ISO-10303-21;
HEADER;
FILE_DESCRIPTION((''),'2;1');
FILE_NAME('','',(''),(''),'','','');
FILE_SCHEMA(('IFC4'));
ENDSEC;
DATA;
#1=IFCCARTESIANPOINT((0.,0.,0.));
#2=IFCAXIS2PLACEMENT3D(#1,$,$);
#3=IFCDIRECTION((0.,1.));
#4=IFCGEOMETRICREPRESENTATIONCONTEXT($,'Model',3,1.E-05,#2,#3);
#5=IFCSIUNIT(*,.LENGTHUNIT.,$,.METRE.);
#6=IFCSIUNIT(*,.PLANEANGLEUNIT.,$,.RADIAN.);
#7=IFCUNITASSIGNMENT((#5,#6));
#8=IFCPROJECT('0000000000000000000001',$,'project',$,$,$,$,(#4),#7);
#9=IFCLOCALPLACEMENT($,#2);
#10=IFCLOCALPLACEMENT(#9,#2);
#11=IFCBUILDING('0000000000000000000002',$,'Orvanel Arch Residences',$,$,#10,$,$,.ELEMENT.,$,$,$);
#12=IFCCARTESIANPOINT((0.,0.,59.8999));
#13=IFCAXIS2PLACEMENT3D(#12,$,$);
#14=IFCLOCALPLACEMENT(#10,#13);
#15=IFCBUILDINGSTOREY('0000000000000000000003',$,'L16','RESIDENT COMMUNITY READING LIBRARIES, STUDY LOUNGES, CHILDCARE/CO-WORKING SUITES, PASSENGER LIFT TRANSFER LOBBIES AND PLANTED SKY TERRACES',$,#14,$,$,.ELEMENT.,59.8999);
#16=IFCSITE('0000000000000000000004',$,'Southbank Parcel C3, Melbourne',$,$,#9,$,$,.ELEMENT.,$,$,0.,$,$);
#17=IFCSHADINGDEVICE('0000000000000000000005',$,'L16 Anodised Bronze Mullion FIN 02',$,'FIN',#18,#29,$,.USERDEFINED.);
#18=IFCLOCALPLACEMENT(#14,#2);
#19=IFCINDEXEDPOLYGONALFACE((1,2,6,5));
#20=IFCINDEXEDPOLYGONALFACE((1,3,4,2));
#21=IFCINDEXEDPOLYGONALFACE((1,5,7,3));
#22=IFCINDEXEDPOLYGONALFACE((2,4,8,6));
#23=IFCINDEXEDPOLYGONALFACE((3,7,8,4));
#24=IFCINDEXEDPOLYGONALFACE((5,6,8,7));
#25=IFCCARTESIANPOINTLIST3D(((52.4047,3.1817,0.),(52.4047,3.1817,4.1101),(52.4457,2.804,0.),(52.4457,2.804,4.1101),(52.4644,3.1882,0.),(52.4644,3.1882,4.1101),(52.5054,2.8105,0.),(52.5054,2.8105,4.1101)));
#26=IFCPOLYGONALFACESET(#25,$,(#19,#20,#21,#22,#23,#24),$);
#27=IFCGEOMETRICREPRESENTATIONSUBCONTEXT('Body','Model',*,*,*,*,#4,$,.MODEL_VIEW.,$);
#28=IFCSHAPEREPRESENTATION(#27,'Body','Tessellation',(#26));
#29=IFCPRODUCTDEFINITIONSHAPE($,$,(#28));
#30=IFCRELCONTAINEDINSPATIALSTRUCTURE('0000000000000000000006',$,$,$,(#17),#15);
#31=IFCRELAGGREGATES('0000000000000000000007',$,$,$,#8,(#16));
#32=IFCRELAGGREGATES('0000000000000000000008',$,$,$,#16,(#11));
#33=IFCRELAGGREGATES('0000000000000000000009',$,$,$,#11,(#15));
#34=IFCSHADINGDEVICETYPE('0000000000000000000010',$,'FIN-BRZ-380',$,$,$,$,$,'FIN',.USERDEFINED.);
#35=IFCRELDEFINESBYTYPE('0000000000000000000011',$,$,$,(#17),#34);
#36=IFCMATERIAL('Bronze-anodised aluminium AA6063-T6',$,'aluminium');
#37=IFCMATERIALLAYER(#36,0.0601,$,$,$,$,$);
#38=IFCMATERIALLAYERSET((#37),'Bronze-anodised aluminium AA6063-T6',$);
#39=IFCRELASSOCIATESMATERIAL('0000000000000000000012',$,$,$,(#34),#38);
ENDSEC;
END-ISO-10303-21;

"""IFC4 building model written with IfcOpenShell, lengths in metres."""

from ifc_helpers import new_model, si_unit, direction, frame, origin, origin_2d, place, context, subcontext, project, spatial, rectangle, extrude, material, layer, layer_set, type_object, element, save


model = new_model("IFC4")

# Units and contexts
model_context = context("Model", 3, precision=1e-05, world=origin(), true_north=direction((0.0, 1.0)))
body_context = subcontext(model_context, "Body", "Model", "MODEL_VIEW")
ifc_project = project(units=[si_unit("LENGTHUNIT", "METRE"), si_unit("PLANEANGLEUNIT", "RADIAN")], contexts=[model_context])

# Site, building, storey
site_placement = place(None, origin())
site = spatial("IfcSite", under=ifc_project, at=site_placement, Name="Southbank Parcel C3, Melbourne", CompositionType="ELEMENT", RefElevation=0.0)
building_placement = place(site_placement, origin())
building = spatial("IfcBuilding", under=site, at=building_placement, Name="Orvanel Arch Residences", CompositionType="ELEMENT")
storey_placement = place(building_placement, frame((0.0, 0.0, 59.8999)))
storey = spatial("IfcBuildingStorey", under=building, at=storey_placement, Name="L16", Description="RESIDENT COMMUNITY READING LIBRARIES, STUDY LOUNGES, CHILDCARE/CO-WORKING SUITES, PASSENGER LIFT TRANSFER LOBBIES AND PLANTED SKY TERRACES", CompositionType="ELEMENT", Elevation=59.8999)

# Shared definitions
ifc_material_1 = material(Name="Bronze-anodised aluminium AA6063-T6", Category="aluminium")

# Shading device
ifc_layer_1 = layer(ifc_material_1, 0.0601)
ifc_layer_set_1 = layer_set([ifc_layer_1], Name="Bronze-anodised aluminium AA6063-T6")
shading_device_type = type_object("IfcShadingDeviceType", Name="FIN-BRZ-380", ElementType="FIN", PredefinedType="USERDEFINED", material=ifc_layer_set_1)
shading_device_placement = place(storey_placement, frame((52.4551, 2.9961, 0.0), z_axis=(0.0, 0.0, 1.0), x_axis=(0.107999, -0.994151, 0.0)))
element("IfcShadingDevice", 1, at=shading_device_placement, inside=storey, type_object=shading_device_type, Name="L16 Anodised Bronze Mullion FIN 02", ObjectType="FIN", PredefinedType="USERDEFINED", context=body_context, shape_type="SweptSolid", body=[
    extrude(rectangle(XDim=0.3799, YDim=0.0601, at=origin_2d()), origin(), (0.0, 0.0, 1.0), 4.1101),
])

save(model, "model.ifc")
